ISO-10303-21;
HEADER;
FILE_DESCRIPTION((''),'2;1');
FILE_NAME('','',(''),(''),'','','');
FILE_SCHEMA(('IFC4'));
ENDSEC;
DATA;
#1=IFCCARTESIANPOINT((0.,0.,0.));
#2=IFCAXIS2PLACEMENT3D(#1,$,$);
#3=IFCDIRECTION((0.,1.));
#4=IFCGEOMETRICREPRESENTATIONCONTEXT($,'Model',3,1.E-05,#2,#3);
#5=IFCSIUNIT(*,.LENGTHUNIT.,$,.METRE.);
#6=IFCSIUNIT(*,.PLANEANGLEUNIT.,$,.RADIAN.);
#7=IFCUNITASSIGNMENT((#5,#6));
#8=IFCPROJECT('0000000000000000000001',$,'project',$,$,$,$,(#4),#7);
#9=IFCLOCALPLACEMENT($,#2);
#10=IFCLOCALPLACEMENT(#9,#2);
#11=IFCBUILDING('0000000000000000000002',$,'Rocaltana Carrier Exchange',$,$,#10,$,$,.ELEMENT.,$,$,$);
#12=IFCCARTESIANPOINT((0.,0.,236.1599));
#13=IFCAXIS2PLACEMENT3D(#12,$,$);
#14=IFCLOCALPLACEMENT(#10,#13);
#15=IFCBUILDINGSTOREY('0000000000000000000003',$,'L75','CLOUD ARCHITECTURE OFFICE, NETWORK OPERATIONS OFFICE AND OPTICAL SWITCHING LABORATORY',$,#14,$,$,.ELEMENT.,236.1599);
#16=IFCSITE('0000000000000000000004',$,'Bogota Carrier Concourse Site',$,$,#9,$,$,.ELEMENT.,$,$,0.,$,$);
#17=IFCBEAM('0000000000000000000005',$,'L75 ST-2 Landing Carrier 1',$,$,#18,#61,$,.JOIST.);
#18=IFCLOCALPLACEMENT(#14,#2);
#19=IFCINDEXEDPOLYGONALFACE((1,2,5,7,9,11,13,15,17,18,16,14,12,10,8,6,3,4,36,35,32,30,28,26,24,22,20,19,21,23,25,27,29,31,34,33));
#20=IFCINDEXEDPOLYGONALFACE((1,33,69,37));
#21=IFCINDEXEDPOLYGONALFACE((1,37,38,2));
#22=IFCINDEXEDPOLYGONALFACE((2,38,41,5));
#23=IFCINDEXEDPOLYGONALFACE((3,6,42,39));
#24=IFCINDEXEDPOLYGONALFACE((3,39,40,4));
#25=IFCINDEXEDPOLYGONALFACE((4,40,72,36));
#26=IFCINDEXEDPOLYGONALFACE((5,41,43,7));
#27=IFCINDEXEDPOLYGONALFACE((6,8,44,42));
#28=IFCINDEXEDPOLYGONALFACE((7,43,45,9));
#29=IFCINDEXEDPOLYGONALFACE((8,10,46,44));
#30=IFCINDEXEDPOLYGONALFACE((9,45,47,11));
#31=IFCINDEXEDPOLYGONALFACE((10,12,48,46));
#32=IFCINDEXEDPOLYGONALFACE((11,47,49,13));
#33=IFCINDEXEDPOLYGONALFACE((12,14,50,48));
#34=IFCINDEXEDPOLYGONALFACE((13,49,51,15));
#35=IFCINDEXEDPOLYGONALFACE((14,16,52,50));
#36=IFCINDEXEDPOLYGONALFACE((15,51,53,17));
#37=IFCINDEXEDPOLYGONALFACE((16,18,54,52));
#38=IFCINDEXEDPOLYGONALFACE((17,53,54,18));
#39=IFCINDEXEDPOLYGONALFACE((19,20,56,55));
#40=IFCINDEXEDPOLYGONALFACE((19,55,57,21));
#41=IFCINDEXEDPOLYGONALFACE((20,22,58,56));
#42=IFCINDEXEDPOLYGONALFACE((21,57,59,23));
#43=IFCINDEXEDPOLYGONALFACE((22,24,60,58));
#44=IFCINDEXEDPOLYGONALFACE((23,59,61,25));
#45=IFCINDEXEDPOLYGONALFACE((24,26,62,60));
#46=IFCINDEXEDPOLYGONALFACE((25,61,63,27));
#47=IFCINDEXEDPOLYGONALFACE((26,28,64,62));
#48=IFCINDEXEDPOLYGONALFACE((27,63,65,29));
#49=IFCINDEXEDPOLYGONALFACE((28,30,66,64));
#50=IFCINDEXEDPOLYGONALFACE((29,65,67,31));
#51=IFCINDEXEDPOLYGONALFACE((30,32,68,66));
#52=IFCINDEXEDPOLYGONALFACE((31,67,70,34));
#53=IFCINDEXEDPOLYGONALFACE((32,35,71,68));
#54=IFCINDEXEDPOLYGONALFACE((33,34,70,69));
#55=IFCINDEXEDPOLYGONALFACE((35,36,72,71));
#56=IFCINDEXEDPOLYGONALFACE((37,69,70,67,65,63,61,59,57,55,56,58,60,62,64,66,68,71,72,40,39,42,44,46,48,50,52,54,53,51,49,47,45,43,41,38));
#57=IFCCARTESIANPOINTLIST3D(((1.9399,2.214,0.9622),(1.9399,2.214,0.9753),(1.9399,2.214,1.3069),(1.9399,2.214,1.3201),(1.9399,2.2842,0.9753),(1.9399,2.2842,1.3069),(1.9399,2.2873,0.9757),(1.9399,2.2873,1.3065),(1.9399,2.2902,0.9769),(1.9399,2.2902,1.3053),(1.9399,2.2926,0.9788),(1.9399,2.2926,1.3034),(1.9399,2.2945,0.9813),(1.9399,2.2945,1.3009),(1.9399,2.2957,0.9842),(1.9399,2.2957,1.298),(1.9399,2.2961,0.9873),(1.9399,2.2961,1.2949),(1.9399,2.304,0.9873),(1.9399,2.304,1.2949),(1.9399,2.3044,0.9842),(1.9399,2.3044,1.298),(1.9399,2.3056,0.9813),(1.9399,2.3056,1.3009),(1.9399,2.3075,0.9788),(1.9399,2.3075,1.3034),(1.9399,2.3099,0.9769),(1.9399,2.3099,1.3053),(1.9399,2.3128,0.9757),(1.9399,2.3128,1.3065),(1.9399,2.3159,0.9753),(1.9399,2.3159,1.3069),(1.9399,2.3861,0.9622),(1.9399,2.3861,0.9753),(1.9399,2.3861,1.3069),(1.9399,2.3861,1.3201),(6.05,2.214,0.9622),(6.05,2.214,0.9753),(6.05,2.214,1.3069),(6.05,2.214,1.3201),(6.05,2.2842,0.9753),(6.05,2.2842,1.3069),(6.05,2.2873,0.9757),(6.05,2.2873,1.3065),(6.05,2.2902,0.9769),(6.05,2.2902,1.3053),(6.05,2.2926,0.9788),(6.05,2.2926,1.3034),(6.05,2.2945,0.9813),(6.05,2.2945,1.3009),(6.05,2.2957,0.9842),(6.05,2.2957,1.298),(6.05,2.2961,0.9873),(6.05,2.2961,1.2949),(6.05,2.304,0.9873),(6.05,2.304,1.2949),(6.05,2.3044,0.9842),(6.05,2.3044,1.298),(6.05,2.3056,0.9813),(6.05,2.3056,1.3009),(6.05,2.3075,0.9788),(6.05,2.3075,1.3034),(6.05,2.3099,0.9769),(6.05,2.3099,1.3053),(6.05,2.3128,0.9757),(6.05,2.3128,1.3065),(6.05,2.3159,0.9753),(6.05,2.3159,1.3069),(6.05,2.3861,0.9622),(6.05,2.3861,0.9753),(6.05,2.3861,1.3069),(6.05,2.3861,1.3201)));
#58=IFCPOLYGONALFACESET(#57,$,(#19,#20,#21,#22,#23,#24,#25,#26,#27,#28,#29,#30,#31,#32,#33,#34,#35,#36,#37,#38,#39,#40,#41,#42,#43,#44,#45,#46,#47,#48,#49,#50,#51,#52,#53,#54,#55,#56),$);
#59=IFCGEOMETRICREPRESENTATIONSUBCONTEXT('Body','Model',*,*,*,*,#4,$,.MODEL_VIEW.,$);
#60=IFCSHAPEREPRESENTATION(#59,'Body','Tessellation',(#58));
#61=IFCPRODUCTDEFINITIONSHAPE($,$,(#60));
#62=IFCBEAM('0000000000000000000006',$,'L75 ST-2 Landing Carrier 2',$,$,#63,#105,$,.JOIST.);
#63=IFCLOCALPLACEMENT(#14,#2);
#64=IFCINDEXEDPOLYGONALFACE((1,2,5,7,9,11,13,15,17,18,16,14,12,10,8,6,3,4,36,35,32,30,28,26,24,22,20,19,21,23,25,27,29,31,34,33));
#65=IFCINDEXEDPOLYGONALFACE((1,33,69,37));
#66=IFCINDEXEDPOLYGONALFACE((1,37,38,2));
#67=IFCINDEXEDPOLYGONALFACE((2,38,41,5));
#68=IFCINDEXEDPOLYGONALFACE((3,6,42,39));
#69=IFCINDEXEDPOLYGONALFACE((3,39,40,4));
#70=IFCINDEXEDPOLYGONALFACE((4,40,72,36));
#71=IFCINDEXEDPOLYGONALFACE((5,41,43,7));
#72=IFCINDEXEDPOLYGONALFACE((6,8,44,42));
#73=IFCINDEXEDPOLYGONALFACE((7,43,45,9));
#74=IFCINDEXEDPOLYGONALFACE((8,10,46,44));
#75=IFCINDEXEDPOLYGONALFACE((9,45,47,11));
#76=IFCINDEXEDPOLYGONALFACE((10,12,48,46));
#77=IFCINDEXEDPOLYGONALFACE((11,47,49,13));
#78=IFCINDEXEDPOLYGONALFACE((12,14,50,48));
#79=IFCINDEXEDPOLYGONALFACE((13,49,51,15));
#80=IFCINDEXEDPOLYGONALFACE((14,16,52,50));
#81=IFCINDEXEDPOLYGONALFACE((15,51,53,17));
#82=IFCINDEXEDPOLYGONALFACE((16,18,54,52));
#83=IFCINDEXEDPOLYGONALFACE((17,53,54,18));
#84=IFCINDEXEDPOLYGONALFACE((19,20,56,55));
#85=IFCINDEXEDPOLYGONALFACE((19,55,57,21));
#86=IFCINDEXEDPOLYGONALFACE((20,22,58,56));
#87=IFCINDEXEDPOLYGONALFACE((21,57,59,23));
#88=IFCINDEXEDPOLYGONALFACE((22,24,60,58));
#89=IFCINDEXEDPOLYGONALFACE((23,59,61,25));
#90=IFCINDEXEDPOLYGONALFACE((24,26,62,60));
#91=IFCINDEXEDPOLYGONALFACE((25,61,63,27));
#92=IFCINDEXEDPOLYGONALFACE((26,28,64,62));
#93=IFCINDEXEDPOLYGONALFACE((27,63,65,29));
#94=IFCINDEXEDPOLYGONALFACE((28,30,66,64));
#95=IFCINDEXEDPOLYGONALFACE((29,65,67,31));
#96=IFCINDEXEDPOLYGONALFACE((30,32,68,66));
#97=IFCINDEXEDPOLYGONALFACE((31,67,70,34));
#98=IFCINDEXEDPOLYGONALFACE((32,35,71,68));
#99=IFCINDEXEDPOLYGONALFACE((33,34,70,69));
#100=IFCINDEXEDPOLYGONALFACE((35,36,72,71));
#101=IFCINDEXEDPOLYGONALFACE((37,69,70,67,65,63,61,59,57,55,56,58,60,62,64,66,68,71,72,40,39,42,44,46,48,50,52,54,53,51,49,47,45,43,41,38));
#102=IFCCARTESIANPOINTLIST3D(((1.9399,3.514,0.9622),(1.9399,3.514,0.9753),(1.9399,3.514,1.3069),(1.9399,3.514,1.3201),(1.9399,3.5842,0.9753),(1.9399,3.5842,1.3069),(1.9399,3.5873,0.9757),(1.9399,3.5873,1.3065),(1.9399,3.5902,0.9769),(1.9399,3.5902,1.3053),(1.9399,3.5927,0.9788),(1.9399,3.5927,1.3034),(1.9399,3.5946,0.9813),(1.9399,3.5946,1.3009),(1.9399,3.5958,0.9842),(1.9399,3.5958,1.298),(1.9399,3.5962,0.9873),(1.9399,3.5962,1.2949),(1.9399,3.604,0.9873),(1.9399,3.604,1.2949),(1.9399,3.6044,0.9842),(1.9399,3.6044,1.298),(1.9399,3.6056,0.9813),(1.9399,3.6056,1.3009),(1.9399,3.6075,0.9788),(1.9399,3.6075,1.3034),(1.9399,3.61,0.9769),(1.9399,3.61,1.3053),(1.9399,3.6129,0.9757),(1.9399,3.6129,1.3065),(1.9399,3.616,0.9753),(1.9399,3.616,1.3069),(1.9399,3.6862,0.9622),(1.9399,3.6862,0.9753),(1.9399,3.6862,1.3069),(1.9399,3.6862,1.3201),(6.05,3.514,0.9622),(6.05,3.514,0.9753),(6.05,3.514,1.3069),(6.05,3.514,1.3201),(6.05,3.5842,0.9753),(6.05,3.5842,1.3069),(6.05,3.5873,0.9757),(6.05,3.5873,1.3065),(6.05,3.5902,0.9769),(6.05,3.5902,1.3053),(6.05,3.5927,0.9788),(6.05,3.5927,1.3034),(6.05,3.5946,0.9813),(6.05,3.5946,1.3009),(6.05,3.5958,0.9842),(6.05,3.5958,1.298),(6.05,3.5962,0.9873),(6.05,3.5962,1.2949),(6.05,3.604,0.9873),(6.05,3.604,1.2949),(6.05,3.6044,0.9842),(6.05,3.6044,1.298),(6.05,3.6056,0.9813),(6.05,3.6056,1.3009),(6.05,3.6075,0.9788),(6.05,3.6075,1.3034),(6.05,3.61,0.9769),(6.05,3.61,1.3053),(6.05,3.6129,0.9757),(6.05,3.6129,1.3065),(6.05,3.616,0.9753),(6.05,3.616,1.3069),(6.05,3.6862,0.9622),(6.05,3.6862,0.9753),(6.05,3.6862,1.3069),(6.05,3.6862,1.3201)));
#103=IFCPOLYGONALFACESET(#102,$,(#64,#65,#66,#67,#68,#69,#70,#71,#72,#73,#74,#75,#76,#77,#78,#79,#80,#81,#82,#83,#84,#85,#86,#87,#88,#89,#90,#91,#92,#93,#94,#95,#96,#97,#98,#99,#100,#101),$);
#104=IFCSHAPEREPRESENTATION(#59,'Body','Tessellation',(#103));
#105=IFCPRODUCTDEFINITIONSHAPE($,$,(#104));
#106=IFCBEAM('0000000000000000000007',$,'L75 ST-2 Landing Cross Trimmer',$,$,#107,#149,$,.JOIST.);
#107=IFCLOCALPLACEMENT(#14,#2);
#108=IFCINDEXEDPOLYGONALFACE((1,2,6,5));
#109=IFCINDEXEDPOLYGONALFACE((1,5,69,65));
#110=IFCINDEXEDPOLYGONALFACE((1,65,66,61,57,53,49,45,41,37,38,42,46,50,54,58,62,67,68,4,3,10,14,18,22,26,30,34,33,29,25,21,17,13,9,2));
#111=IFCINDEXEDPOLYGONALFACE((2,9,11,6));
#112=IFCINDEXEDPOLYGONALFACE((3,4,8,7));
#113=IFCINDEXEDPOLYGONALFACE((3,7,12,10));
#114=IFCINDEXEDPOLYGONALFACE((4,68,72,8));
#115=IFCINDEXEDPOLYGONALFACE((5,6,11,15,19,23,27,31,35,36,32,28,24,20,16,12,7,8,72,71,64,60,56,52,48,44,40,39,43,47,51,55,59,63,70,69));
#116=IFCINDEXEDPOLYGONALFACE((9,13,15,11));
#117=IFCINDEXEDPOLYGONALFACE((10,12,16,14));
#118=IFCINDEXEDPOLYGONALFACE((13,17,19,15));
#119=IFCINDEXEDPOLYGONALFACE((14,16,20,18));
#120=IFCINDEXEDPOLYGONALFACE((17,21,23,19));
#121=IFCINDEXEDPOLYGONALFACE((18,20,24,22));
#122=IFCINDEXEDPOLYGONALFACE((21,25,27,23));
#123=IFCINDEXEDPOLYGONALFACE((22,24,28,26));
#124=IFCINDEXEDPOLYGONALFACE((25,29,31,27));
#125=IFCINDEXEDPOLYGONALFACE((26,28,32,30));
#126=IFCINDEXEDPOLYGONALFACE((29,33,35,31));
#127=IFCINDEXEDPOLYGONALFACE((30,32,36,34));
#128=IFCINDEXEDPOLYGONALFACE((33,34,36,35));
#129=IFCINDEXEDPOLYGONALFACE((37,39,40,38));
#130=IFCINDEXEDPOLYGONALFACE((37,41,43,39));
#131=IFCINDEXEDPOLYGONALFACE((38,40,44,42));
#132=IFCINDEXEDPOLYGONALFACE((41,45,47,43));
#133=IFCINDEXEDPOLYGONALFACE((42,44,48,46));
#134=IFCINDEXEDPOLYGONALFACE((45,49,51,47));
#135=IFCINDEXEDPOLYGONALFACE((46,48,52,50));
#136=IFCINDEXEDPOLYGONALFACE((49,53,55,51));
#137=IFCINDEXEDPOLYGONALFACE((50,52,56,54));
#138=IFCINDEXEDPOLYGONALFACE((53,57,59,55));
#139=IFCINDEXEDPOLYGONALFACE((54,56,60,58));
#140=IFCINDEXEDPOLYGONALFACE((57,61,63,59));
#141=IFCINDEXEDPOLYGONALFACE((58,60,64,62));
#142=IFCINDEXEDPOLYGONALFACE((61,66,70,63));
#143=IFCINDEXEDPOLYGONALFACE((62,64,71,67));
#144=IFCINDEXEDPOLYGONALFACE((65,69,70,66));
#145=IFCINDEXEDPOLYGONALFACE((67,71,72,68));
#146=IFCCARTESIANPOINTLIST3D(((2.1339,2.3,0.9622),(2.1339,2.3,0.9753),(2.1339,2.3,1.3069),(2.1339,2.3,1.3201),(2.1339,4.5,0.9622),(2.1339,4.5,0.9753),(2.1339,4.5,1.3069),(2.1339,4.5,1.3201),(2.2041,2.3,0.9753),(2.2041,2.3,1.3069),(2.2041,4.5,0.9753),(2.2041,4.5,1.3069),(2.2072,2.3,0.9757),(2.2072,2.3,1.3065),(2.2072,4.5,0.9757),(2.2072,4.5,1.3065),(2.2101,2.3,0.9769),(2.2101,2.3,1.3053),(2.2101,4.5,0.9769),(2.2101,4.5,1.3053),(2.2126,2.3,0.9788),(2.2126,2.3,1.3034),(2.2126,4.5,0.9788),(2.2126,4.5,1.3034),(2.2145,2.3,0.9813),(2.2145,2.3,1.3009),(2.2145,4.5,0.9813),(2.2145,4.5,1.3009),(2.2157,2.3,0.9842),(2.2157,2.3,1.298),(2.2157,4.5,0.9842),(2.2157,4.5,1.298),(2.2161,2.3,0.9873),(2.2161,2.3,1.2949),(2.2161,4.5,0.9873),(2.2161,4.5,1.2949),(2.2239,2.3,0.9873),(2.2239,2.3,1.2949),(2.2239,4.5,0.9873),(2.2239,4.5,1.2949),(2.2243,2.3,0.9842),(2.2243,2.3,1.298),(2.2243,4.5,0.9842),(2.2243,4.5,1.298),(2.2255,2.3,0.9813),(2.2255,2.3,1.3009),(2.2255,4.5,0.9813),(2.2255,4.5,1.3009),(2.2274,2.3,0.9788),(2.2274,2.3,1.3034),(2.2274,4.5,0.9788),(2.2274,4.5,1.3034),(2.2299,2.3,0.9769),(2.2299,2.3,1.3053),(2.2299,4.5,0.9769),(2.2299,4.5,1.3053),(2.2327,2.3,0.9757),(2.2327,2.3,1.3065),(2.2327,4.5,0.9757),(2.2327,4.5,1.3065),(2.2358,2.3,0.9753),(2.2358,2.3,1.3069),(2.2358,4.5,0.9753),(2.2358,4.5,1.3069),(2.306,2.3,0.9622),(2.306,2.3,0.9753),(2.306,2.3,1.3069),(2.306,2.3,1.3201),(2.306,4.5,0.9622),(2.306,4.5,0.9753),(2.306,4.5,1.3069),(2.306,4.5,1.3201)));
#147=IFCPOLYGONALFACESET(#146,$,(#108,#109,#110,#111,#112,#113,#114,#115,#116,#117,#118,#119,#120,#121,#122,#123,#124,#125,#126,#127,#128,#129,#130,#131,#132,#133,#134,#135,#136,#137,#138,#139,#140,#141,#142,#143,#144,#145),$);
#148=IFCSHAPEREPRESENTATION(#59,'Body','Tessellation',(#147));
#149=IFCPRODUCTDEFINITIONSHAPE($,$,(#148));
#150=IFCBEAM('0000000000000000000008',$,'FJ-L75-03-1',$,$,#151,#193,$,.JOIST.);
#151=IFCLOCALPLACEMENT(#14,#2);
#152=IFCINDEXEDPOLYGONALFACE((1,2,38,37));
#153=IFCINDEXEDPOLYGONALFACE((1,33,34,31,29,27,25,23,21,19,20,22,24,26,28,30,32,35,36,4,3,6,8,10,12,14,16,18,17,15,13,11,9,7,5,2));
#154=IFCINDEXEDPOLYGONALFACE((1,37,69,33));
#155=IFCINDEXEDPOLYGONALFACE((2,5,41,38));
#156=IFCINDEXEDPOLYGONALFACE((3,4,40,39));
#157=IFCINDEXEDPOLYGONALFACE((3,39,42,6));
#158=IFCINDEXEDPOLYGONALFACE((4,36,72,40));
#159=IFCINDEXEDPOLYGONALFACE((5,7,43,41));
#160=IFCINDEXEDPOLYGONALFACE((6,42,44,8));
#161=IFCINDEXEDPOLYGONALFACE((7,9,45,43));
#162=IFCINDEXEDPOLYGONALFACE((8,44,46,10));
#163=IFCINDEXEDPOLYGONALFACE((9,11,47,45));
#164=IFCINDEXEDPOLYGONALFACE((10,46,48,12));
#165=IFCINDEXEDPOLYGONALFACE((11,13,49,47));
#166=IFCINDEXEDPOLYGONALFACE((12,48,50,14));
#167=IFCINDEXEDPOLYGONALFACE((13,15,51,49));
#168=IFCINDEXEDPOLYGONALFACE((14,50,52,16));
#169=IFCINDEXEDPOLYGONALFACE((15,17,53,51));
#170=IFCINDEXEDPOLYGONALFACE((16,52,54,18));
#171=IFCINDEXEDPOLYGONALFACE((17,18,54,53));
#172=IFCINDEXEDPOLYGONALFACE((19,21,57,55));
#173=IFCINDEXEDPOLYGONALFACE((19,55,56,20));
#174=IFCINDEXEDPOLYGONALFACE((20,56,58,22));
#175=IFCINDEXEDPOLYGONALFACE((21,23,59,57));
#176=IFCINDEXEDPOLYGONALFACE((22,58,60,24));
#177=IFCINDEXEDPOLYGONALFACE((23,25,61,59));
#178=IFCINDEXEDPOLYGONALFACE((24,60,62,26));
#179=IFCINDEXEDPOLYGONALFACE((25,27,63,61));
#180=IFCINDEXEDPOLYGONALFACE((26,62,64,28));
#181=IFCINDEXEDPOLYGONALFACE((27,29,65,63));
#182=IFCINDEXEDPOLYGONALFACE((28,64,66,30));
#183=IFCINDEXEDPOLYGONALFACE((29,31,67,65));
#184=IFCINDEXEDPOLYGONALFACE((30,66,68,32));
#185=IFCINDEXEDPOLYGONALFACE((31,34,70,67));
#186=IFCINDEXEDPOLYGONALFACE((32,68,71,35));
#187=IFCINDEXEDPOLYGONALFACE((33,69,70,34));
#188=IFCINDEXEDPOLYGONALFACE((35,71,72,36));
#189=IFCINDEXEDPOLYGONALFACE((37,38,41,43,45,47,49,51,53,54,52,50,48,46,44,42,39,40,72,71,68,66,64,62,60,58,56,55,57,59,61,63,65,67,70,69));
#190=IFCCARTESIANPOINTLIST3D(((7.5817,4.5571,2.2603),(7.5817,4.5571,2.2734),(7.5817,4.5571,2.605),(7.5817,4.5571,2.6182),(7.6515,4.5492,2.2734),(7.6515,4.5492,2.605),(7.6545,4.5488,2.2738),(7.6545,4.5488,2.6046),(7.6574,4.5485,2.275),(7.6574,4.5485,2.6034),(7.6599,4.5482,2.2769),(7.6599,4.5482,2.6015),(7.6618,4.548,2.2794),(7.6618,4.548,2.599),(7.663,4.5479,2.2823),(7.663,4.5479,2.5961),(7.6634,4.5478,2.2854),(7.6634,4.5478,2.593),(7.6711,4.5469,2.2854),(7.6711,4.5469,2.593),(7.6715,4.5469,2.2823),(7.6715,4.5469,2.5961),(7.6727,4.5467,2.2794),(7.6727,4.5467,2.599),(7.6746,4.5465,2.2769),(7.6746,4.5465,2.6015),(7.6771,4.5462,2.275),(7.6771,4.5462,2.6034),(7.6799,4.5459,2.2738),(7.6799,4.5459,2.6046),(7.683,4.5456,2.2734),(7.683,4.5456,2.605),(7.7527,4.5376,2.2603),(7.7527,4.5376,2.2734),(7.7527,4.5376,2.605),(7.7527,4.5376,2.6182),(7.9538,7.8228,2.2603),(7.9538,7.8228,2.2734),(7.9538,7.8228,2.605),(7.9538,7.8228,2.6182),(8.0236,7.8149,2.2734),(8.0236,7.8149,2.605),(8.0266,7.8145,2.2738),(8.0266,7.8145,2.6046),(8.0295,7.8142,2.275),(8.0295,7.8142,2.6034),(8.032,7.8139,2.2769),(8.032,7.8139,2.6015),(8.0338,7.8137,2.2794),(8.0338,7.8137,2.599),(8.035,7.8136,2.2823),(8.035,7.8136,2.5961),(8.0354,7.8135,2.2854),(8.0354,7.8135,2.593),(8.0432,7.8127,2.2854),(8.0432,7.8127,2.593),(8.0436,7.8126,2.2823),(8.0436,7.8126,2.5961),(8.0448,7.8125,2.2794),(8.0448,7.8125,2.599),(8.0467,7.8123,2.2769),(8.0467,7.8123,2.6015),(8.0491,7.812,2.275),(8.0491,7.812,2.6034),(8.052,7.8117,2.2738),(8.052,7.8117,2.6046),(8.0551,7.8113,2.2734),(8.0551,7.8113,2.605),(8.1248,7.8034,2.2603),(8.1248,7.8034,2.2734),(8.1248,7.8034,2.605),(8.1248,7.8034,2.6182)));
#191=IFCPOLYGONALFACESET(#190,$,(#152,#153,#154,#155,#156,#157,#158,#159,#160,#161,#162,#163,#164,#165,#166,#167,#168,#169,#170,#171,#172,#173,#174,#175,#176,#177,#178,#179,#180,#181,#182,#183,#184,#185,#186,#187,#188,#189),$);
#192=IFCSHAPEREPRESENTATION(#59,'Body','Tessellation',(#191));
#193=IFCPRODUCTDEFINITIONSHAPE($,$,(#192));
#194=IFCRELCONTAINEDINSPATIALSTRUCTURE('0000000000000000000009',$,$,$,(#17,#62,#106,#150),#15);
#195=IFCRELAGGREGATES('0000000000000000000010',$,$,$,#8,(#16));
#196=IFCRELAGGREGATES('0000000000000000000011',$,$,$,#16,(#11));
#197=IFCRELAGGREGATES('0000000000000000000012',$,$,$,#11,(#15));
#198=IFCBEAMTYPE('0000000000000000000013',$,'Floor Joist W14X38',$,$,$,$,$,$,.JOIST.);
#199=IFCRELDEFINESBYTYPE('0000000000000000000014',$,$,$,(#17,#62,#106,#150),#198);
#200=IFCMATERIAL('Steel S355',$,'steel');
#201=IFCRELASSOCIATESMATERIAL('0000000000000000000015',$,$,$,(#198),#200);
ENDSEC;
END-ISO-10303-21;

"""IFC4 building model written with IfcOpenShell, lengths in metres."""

from ifc_helpers import new_model, si_unit, direction, frame, origin, origin_2d, place, context, subcontext, project, spatial, i_section, extrude, material, material_profile, profile_set, type_object, element, save


model = new_model("IFC4")

# Units and contexts
model_context = context("Model", 3, precision=1e-05, world=origin(), true_north=direction((0.0, 1.0)))
body_context = subcontext(model_context, "Body", "Model", "MODEL_VIEW")
ifc_project = project(units=[si_unit("LENGTHUNIT", "METRE"), si_unit("PLANEANGLEUNIT", "RADIAN")], contexts=[model_context])

# Site, building, storey
site_placement = place(None, origin())
site = spatial("IfcSite", under=ifc_project, at=site_placement, Name="Bogota Carrier Concourse Site", CompositionType="ELEMENT", RefElevation=0.0)
building_placement = place(site_placement, origin())
building = spatial("IfcBuilding", under=site, at=building_placement, Name="Rocaltana Carrier Exchange", CompositionType="ELEMENT")
storey_placement = place(building_placement, frame((0.0, 0.0, 236.1599)))
storey = spatial("IfcBuildingStorey", under=building, at=storey_placement, Name="L75", Description="CLOUD ARCHITECTURE OFFICE, NETWORK OPERATIONS OFFICE AND OPTICAL SWITCHING LABORATORY", CompositionType="ELEMENT", Elevation=236.1599)

# Beams
ifc_material_1 = material(Name="Steel S355", Category="steel")
ifc_material_profile_1 = material_profile(ifc_material_1, i_section(OverallWidth=0.1721, OverallDepth=0.3579, WebThickness=0.0078, FlangeThickness=0.0132, FilletRadius=0.012, at=origin_2d()), Name="W14X38")
ifc_profile_set_1 = profile_set([ifc_material_profile_1], Name="Steel S355")
beam_type_1 = type_object("IfcBeamType", Name="Floor Joist W14X38", PredefinedType="JOIST", material=ifc_profile_set_1)
for number, where, z_axis, x_axis, name in (
    (1, (1.9399, 2.3, 1.1411), (1.0, 0.0, 0.0), (0.0, 1.0, 0.0), "L75 ST-2 Landing Carrier 1"),
    (2, (1.9399, 3.6001, 1.1411), (1.0, 0.0, 0.0), (0.0, 1.0, 0.0), "L75 ST-2 Landing Carrier 2"),
):
    element("IfcBeam", number, at=place(storey_placement, frame(where, z_axis=z_axis, x_axis=x_axis)), inside=storey, type_object=beam_type_1, Name=name, PredefinedType="JOIST", context=body_context, shape_type="SweptSolid", body=[
        extrude(i_section(OverallWidth=0.1721, OverallDepth=0.3579, WebThickness=0.0078, FlangeThickness=0.0132, FilletRadius=0.012, at=origin_2d()), origin(), (0.0, 0.0, 1.0), 4.1101),
    ])
beam_1_placement = place(storey_placement, frame((2.22, 2.3, 1.1411), z_axis=(0.0, 1.0, 0.0), x_axis=(-1.0, 0.0, 0.0)))
element("IfcBeam", 3, at=beam_1_placement, inside=storey, type_object=beam_type_1, Name="L75 ST-2 Landing Cross Trimmer", PredefinedType="JOIST", context=body_context, shape_type="SweptSolid", body=[
    extrude(i_section(OverallWidth=0.1721, OverallDepth=0.3579, WebThickness=0.0078, FlangeThickness=0.0132, FilletRadius=0.012, at=origin_2d()), origin(), (0.0, 0.0, 1.0), 2.2),
])
beam_2_placement = place(storey_placement, frame((7.6672, 4.5474, 2.4392), z_axis=(0.113203, 0.993572, 0.0), x_axis=(-0.993572, 0.113203, 0.0)))
element("IfcBeam", 4, at=beam_2_placement, inside=storey, type_object=beam_type_1, Name="FJ-L75-03-1", PredefinedType="JOIST", context=body_context, shape_type="SweptSolid", body=[
    extrude(i_section(OverallWidth=0.1721, OverallDepth=0.3579, WebThickness=0.0078, FlangeThickness=0.0132, FilletRadius=0.012, at=origin_2d()), origin(), (0.0, 0.0, 1.0), 3.2869),
])

save(model, "model.ifc")
